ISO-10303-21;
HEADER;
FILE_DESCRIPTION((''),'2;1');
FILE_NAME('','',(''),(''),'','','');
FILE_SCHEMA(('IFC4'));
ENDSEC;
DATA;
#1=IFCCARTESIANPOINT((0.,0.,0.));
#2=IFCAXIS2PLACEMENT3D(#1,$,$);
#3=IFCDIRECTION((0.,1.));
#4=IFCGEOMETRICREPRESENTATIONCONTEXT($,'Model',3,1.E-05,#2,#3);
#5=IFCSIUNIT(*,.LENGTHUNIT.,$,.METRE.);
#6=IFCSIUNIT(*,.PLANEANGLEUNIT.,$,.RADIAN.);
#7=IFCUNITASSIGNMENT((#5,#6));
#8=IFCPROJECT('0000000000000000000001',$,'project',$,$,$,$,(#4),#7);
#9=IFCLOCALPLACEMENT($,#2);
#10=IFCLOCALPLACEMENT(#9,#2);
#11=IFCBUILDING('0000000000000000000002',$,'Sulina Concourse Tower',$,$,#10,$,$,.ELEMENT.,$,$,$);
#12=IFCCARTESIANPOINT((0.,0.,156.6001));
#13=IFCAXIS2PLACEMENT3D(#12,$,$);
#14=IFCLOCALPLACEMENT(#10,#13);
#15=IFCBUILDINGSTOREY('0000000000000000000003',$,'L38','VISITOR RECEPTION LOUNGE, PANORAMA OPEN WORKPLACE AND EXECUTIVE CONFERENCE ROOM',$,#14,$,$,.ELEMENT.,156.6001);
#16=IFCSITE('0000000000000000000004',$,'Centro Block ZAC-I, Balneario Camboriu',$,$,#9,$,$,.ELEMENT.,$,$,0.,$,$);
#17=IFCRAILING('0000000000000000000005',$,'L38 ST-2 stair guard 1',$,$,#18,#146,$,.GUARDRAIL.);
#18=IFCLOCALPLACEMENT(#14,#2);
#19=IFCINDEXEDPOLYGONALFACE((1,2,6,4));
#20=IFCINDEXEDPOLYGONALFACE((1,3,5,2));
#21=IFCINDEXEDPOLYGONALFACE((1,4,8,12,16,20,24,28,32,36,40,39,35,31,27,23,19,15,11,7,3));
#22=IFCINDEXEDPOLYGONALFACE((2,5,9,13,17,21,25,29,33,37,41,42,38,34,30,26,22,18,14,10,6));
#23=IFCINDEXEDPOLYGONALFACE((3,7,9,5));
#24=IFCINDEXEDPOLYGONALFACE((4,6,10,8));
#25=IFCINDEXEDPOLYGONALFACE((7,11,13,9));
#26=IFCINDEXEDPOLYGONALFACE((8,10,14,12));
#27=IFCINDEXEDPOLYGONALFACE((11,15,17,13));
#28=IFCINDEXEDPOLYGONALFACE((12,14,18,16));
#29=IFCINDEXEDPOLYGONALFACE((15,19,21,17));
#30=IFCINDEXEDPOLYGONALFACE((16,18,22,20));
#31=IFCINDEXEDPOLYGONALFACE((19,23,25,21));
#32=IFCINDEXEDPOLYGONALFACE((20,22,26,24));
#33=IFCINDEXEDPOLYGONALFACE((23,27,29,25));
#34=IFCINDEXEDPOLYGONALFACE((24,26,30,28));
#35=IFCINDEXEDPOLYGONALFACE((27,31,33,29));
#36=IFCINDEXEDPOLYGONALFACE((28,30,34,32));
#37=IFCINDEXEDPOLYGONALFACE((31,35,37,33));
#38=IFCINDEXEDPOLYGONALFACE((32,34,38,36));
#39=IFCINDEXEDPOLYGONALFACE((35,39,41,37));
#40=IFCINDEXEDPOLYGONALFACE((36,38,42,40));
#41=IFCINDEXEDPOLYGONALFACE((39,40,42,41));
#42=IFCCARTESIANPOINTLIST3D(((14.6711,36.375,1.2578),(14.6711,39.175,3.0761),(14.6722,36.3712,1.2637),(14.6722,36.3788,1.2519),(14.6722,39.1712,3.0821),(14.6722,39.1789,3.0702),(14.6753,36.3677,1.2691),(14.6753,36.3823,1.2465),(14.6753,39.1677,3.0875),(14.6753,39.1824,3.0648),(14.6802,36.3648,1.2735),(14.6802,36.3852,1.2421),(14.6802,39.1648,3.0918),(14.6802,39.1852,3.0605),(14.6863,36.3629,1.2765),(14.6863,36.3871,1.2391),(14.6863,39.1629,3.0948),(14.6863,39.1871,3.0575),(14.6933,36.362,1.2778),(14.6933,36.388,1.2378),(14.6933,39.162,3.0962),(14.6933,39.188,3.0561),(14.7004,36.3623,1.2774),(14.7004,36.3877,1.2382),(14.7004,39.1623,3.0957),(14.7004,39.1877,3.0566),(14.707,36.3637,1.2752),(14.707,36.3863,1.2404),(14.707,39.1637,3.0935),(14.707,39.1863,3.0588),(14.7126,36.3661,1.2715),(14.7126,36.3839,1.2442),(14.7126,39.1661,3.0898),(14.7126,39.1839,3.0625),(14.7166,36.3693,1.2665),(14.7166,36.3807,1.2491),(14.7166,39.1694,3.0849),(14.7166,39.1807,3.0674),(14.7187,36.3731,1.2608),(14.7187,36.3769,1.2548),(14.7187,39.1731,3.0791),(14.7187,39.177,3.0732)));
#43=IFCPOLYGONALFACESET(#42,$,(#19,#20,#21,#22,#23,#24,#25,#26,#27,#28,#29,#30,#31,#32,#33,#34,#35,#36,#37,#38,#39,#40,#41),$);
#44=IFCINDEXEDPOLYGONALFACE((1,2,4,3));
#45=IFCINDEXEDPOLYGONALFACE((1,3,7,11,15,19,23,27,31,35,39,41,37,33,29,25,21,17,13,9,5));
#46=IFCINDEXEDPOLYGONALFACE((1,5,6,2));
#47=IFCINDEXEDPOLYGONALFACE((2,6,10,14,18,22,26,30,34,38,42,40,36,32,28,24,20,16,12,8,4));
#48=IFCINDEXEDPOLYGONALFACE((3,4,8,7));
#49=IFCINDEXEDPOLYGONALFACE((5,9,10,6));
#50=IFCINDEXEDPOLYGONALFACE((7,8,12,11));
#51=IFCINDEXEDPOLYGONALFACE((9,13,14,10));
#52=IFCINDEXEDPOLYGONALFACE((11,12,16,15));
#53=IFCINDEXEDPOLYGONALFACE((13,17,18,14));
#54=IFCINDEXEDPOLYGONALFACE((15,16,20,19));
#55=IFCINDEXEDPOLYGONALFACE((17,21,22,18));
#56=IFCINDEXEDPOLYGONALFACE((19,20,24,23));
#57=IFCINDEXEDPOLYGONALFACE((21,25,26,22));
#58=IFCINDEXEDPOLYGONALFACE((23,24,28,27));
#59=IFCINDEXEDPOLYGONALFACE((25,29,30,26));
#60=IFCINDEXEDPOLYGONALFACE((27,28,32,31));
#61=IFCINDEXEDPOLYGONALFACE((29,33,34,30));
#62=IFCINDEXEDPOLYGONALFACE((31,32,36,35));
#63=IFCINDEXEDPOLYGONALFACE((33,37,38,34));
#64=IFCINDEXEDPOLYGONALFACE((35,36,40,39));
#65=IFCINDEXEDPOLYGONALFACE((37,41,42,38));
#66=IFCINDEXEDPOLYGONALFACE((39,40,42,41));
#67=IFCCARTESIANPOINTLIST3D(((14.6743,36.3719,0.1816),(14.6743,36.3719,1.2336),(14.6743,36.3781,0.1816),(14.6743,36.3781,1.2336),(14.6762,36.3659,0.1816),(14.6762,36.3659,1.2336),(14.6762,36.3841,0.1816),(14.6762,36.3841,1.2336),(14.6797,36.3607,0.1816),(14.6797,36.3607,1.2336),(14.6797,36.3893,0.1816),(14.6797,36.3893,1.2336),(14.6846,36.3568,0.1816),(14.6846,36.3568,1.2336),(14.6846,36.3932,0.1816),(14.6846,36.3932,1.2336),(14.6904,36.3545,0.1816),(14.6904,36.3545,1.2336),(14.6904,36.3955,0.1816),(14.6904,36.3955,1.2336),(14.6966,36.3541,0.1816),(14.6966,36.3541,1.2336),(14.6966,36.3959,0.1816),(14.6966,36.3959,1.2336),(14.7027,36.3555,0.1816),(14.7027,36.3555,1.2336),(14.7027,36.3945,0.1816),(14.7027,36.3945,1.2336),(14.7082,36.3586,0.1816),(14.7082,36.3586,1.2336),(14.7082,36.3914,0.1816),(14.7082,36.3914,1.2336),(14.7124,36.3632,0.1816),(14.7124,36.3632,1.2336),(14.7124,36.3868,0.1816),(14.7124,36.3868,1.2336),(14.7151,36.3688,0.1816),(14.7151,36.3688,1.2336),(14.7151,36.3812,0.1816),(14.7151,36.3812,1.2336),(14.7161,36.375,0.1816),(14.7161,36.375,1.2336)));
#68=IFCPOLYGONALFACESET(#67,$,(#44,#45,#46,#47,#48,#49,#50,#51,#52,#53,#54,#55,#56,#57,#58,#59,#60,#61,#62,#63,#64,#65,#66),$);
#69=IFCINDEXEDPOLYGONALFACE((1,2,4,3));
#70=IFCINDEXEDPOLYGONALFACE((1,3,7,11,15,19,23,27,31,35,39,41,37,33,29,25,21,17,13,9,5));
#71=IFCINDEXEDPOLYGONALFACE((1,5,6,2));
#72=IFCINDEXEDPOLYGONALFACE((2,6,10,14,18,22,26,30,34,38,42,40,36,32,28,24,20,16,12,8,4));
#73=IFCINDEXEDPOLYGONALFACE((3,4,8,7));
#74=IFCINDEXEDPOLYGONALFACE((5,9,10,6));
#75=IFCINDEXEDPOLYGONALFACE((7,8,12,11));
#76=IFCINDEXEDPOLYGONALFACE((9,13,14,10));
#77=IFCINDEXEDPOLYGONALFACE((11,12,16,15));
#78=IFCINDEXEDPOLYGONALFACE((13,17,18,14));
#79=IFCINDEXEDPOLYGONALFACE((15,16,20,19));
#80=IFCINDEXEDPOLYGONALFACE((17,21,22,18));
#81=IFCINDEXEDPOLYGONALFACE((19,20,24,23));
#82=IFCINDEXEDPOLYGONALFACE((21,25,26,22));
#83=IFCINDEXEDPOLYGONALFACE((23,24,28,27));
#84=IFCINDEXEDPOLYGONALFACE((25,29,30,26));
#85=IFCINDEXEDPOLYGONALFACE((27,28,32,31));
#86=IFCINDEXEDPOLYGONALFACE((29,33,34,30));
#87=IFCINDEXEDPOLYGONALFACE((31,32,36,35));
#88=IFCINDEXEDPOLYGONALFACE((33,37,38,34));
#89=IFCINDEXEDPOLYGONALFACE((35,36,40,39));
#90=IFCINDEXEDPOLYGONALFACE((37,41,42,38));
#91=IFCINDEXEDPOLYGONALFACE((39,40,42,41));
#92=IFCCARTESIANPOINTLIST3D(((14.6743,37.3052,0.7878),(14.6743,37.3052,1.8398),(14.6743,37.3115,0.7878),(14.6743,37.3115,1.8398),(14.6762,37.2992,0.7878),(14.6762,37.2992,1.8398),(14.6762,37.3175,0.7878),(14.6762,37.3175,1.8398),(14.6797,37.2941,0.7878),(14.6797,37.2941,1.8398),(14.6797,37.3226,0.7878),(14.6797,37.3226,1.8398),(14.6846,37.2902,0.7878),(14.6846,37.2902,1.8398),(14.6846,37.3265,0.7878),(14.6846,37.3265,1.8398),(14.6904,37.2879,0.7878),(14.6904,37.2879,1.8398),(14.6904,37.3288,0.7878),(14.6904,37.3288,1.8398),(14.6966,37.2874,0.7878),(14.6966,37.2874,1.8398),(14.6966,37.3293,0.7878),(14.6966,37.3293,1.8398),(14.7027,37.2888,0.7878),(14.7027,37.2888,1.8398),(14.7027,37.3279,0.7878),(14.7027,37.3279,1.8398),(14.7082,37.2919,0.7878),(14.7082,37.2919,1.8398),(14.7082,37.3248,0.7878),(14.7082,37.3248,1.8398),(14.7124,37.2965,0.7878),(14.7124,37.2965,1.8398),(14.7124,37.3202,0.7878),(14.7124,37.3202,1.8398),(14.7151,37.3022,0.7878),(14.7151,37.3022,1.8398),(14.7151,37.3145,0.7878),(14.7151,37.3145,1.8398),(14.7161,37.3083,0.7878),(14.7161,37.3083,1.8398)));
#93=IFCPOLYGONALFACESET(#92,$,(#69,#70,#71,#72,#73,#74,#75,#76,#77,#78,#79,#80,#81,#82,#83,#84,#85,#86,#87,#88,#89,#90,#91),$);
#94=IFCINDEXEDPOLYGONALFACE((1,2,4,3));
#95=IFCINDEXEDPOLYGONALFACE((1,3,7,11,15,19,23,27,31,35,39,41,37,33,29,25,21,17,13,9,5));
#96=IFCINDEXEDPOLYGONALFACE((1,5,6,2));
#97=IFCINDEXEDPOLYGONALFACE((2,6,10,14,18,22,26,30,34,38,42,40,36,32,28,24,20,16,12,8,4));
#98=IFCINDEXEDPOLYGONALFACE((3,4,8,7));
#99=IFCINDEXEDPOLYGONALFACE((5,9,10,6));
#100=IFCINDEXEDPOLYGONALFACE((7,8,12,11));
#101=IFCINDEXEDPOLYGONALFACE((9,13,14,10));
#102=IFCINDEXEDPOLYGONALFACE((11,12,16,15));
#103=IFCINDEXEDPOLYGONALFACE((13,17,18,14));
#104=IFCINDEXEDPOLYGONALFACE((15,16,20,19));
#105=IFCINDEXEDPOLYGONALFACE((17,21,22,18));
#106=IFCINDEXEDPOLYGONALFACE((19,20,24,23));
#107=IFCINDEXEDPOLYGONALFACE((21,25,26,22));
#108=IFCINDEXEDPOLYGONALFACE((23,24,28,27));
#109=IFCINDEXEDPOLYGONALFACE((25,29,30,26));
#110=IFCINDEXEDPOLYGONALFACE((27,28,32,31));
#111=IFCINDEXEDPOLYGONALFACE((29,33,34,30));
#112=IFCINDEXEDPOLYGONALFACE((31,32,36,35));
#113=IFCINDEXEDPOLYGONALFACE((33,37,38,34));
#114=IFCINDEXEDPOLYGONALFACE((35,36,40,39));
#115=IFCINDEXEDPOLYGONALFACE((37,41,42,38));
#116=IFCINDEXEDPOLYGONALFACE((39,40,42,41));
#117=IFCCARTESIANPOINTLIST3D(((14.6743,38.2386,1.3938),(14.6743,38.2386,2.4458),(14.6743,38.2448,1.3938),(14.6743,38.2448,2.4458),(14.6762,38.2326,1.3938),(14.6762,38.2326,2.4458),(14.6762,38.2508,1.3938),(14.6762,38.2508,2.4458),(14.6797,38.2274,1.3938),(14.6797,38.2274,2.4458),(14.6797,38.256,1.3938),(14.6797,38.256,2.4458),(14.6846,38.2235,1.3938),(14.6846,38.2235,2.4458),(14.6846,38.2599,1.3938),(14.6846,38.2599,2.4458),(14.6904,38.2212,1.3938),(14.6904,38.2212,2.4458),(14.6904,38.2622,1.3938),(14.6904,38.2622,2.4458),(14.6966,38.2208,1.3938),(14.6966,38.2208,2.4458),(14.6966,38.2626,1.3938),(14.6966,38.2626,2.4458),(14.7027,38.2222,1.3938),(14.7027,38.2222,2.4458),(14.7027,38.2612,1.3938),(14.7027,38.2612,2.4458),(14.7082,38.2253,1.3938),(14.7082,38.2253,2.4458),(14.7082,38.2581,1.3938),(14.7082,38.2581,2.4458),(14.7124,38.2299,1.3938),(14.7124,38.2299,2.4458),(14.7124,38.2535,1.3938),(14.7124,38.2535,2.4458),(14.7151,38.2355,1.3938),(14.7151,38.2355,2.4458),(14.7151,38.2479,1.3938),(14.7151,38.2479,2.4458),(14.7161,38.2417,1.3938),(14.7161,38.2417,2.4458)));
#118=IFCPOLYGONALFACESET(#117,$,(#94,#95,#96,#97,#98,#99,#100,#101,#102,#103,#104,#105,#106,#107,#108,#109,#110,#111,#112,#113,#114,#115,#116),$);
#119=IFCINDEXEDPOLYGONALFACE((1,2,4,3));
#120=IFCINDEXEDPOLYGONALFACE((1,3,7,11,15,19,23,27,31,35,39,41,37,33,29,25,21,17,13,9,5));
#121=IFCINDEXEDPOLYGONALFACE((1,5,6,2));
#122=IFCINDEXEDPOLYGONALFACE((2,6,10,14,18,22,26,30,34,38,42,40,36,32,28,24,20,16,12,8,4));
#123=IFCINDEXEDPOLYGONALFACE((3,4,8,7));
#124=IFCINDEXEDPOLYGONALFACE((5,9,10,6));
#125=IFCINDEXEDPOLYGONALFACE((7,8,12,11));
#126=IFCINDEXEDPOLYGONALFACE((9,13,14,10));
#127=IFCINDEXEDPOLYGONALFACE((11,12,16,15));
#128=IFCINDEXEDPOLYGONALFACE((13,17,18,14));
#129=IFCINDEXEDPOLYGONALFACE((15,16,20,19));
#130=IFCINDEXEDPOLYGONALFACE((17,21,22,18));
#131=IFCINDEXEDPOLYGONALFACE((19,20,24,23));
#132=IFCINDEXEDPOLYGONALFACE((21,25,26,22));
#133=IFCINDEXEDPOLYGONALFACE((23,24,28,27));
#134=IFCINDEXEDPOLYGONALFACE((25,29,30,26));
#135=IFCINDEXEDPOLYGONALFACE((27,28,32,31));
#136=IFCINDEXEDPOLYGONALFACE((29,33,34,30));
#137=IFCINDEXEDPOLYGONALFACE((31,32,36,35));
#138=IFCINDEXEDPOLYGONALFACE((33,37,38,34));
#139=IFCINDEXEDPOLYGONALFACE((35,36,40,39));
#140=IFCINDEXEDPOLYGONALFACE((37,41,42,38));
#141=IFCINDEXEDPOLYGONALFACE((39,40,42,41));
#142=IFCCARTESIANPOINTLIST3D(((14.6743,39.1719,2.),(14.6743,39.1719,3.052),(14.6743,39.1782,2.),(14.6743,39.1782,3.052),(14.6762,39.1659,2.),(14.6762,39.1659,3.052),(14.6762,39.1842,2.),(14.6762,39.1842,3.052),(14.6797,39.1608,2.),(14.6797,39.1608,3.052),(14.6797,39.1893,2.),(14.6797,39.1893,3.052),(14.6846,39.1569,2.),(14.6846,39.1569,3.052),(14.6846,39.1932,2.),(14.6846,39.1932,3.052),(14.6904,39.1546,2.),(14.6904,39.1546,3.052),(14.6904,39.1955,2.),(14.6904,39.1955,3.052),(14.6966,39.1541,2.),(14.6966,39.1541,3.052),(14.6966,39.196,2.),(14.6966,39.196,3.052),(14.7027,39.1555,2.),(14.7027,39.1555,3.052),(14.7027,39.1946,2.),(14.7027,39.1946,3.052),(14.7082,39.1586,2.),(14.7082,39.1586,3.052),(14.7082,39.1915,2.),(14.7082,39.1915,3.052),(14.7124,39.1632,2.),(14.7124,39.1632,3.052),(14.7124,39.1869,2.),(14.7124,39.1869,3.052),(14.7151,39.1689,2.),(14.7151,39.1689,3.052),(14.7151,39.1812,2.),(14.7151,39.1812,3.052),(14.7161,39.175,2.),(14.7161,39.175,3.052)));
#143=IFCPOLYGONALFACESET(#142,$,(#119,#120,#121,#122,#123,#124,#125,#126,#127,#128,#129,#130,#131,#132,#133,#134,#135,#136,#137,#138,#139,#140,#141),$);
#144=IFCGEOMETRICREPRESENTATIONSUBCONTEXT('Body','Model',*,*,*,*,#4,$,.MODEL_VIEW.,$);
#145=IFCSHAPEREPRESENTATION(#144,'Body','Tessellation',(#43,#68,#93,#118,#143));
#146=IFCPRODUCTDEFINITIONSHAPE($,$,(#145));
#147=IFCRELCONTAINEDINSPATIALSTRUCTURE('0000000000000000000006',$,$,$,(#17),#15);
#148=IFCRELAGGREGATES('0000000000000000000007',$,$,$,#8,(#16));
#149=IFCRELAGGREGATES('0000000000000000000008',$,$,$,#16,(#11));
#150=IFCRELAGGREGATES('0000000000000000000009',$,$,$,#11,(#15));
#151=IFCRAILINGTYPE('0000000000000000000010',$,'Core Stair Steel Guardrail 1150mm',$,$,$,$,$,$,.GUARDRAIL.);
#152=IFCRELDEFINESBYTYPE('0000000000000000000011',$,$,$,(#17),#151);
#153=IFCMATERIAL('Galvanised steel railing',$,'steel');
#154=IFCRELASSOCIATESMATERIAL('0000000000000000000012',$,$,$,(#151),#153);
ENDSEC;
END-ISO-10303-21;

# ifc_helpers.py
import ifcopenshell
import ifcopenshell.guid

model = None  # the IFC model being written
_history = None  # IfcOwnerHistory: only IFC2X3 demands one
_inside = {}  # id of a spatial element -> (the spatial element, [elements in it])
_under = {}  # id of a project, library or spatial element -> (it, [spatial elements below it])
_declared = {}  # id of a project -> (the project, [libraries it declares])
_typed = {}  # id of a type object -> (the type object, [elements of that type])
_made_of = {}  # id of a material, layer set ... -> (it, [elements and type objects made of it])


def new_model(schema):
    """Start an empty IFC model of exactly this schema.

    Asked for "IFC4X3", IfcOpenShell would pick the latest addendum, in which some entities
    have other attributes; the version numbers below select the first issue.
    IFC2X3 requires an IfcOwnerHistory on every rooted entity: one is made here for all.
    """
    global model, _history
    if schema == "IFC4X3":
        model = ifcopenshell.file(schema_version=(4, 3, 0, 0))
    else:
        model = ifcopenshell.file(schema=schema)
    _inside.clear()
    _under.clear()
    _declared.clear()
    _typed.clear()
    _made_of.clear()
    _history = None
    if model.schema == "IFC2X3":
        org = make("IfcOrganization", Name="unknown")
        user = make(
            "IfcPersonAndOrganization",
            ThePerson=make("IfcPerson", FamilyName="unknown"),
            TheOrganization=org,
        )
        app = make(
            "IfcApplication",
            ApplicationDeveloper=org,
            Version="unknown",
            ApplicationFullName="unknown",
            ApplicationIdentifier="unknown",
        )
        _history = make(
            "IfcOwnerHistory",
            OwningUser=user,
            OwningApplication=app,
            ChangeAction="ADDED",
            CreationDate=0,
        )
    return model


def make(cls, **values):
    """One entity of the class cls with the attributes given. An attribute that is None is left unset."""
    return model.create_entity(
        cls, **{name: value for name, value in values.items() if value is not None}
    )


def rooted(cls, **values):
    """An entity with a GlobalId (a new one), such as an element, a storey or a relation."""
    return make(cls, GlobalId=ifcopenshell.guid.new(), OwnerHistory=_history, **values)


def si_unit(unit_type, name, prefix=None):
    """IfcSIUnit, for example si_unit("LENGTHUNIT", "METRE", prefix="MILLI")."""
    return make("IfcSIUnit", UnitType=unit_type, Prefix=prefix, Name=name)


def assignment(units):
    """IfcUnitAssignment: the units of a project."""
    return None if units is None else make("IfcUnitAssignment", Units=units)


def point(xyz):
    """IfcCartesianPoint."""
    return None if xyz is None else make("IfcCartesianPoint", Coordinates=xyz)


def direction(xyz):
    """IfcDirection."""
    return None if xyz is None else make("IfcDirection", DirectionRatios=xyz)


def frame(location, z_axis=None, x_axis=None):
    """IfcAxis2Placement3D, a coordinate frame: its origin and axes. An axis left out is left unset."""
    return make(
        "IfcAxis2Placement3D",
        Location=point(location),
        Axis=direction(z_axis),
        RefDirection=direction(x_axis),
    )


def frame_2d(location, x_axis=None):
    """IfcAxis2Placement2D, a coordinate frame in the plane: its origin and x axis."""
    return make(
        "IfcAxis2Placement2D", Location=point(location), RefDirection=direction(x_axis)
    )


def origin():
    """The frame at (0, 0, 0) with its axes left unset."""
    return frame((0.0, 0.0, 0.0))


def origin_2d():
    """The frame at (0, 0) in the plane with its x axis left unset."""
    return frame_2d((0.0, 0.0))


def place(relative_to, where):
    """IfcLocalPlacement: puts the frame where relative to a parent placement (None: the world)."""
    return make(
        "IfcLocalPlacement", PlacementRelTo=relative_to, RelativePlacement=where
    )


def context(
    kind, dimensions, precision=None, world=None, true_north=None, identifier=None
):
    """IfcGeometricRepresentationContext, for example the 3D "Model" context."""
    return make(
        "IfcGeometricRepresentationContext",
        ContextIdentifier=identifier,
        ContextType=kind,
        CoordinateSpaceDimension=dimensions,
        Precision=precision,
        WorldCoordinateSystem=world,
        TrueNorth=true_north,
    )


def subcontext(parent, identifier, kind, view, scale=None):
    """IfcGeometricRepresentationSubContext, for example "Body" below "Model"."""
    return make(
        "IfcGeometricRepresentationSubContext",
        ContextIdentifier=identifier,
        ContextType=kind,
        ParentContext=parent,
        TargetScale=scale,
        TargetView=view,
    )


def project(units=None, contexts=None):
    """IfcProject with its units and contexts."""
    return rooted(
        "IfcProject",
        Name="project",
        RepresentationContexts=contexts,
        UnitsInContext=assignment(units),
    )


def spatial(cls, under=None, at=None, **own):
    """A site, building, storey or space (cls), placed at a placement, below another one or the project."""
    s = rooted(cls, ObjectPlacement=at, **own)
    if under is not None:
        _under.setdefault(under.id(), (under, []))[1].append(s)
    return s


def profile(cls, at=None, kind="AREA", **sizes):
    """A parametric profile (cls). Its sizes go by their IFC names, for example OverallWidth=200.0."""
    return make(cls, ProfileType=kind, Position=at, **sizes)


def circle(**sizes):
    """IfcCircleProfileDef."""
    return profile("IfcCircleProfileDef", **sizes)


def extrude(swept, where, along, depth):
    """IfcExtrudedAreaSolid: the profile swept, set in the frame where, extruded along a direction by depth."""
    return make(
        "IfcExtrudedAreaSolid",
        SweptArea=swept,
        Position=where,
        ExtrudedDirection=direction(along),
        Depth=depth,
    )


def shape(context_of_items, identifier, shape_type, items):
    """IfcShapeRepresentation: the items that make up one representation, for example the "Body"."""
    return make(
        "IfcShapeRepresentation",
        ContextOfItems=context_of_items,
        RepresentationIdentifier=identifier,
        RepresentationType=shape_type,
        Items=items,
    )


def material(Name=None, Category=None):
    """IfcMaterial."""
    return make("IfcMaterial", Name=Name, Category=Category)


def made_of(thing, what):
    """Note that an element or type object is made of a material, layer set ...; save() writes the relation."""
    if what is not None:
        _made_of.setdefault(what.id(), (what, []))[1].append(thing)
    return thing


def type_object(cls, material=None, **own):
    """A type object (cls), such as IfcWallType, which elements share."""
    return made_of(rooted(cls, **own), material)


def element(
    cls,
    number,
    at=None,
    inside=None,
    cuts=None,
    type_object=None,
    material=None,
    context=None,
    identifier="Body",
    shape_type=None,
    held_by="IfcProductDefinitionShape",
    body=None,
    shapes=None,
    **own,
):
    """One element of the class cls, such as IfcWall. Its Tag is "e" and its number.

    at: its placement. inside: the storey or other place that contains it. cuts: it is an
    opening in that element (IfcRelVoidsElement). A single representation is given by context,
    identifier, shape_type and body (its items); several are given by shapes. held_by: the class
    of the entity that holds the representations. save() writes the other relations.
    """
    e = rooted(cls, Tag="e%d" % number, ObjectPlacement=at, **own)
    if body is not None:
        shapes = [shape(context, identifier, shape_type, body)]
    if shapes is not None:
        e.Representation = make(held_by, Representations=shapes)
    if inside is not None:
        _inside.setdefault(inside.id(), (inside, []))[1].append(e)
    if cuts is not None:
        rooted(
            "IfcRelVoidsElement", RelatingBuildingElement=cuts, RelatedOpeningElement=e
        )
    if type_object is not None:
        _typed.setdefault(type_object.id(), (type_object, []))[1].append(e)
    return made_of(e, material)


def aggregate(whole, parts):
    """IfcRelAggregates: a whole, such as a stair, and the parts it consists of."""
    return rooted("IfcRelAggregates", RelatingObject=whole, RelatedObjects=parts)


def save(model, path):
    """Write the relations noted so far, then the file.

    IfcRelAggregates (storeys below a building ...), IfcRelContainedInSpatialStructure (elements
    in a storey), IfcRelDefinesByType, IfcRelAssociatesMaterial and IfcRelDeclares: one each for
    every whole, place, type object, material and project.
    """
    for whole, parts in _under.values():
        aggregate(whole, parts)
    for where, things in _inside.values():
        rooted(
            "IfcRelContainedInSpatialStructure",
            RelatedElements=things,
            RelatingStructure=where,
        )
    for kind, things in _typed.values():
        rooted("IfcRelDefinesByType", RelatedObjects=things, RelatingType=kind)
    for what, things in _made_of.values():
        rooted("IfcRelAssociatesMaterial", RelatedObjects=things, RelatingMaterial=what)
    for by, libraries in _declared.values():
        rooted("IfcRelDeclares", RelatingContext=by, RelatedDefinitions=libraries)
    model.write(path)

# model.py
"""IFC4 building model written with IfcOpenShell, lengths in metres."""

from ifc_helpers import new_model, si_unit, direction, frame, origin, origin_2d, place, context, subcontext, project, spatial, circle, extrude, material, type_object, element, save


model = new_model("IFC4")

# Units and contexts
model_context = context("Model", 3, precision=1e-05, world=origin(), true_north=direction((0.0, 1.0)))
body_context = subcontext(model_context, "Body", "Model", "MODEL_VIEW")
ifc_project = project(units=[si_unit("LENGTHUNIT", "METRE"), si_unit("PLANEANGLEUNIT", "RADIAN")], contexts=[model_context])

# Site, building, storey
site_placement = place(None, origin())
site = spatial("IfcSite", under=ifc_project, at=site_placement, Name="Centro Block ZAC-I, Balneario Camboriu", CompositionType="ELEMENT", RefElevation=0.0)
building_placement = place(site_placement, origin())
building = spatial("IfcBuilding", under=site, at=building_placement, Name="Sulina Concourse Tower", CompositionType="ELEMENT")
storey_placement = place(building_placement, frame((0.0, 0.0, 156.6001)))
storey = spatial("IfcBuildingStorey", under=building, at=storey_placement, Name="L38", Description="VISITOR RECEPTION LOUNGE, PANORAMA OPEN WORKPLACE AND EXECUTIVE CONFERENCE ROOM", CompositionType="ELEMENT", Elevation=156.6001)

# Railing
ifc_material_1 = material(Name="Galvanised steel railing", Category="steel")
railing_type_1 = type_object("IfcRailingType", Name="Core Stair Steel Guardrail 1150mm", PredefinedType="GUARDRAIL", material=ifc_material_1)
railing_1_placement = place(storey_placement, frame((14.6951, 36.375, 0.1816)))
element("IfcRailing", 1, at=railing_1_placement, inside=storey, type_object=railing_type_1, Name="L38 ST-2 stair guard 1", PredefinedType="GUARDRAIL", context=body_context, shape_type="SweptSolid", body=[
    extrude(circle(Radius=0.0239, at=origin_2d()), frame((0.0, 0.0, 1.0762), z_axis=(0.0, 0.838672, 0.544636), x_axis=(-1.0, 0.0, 0.0)), (0.0, 0.0, 1.0), 3.3386),
    extrude(circle(Radius=0.021, at=origin_2d()), origin(), (0.0, 0.0, 1.0), 1.052),
    extrude(circle(Radius=0.021, at=origin_2d()), frame((0.0, 0.9333, 0.6062)), (0.0, 0.0, 1.0), 1.052),
    extrude(circle(Radius=0.021, at=origin_2d()), frame((0.0, 1.8667, 1.2122)), (0.0, 0.0, 1.0), 1.052),
    extrude(circle(Radius=0.021, at=origin_2d()), frame((0.0, 2.8, 1.8184)), (0.0, 0.0, 1.0), 1.052),
])

save(model, "model.ifc")
